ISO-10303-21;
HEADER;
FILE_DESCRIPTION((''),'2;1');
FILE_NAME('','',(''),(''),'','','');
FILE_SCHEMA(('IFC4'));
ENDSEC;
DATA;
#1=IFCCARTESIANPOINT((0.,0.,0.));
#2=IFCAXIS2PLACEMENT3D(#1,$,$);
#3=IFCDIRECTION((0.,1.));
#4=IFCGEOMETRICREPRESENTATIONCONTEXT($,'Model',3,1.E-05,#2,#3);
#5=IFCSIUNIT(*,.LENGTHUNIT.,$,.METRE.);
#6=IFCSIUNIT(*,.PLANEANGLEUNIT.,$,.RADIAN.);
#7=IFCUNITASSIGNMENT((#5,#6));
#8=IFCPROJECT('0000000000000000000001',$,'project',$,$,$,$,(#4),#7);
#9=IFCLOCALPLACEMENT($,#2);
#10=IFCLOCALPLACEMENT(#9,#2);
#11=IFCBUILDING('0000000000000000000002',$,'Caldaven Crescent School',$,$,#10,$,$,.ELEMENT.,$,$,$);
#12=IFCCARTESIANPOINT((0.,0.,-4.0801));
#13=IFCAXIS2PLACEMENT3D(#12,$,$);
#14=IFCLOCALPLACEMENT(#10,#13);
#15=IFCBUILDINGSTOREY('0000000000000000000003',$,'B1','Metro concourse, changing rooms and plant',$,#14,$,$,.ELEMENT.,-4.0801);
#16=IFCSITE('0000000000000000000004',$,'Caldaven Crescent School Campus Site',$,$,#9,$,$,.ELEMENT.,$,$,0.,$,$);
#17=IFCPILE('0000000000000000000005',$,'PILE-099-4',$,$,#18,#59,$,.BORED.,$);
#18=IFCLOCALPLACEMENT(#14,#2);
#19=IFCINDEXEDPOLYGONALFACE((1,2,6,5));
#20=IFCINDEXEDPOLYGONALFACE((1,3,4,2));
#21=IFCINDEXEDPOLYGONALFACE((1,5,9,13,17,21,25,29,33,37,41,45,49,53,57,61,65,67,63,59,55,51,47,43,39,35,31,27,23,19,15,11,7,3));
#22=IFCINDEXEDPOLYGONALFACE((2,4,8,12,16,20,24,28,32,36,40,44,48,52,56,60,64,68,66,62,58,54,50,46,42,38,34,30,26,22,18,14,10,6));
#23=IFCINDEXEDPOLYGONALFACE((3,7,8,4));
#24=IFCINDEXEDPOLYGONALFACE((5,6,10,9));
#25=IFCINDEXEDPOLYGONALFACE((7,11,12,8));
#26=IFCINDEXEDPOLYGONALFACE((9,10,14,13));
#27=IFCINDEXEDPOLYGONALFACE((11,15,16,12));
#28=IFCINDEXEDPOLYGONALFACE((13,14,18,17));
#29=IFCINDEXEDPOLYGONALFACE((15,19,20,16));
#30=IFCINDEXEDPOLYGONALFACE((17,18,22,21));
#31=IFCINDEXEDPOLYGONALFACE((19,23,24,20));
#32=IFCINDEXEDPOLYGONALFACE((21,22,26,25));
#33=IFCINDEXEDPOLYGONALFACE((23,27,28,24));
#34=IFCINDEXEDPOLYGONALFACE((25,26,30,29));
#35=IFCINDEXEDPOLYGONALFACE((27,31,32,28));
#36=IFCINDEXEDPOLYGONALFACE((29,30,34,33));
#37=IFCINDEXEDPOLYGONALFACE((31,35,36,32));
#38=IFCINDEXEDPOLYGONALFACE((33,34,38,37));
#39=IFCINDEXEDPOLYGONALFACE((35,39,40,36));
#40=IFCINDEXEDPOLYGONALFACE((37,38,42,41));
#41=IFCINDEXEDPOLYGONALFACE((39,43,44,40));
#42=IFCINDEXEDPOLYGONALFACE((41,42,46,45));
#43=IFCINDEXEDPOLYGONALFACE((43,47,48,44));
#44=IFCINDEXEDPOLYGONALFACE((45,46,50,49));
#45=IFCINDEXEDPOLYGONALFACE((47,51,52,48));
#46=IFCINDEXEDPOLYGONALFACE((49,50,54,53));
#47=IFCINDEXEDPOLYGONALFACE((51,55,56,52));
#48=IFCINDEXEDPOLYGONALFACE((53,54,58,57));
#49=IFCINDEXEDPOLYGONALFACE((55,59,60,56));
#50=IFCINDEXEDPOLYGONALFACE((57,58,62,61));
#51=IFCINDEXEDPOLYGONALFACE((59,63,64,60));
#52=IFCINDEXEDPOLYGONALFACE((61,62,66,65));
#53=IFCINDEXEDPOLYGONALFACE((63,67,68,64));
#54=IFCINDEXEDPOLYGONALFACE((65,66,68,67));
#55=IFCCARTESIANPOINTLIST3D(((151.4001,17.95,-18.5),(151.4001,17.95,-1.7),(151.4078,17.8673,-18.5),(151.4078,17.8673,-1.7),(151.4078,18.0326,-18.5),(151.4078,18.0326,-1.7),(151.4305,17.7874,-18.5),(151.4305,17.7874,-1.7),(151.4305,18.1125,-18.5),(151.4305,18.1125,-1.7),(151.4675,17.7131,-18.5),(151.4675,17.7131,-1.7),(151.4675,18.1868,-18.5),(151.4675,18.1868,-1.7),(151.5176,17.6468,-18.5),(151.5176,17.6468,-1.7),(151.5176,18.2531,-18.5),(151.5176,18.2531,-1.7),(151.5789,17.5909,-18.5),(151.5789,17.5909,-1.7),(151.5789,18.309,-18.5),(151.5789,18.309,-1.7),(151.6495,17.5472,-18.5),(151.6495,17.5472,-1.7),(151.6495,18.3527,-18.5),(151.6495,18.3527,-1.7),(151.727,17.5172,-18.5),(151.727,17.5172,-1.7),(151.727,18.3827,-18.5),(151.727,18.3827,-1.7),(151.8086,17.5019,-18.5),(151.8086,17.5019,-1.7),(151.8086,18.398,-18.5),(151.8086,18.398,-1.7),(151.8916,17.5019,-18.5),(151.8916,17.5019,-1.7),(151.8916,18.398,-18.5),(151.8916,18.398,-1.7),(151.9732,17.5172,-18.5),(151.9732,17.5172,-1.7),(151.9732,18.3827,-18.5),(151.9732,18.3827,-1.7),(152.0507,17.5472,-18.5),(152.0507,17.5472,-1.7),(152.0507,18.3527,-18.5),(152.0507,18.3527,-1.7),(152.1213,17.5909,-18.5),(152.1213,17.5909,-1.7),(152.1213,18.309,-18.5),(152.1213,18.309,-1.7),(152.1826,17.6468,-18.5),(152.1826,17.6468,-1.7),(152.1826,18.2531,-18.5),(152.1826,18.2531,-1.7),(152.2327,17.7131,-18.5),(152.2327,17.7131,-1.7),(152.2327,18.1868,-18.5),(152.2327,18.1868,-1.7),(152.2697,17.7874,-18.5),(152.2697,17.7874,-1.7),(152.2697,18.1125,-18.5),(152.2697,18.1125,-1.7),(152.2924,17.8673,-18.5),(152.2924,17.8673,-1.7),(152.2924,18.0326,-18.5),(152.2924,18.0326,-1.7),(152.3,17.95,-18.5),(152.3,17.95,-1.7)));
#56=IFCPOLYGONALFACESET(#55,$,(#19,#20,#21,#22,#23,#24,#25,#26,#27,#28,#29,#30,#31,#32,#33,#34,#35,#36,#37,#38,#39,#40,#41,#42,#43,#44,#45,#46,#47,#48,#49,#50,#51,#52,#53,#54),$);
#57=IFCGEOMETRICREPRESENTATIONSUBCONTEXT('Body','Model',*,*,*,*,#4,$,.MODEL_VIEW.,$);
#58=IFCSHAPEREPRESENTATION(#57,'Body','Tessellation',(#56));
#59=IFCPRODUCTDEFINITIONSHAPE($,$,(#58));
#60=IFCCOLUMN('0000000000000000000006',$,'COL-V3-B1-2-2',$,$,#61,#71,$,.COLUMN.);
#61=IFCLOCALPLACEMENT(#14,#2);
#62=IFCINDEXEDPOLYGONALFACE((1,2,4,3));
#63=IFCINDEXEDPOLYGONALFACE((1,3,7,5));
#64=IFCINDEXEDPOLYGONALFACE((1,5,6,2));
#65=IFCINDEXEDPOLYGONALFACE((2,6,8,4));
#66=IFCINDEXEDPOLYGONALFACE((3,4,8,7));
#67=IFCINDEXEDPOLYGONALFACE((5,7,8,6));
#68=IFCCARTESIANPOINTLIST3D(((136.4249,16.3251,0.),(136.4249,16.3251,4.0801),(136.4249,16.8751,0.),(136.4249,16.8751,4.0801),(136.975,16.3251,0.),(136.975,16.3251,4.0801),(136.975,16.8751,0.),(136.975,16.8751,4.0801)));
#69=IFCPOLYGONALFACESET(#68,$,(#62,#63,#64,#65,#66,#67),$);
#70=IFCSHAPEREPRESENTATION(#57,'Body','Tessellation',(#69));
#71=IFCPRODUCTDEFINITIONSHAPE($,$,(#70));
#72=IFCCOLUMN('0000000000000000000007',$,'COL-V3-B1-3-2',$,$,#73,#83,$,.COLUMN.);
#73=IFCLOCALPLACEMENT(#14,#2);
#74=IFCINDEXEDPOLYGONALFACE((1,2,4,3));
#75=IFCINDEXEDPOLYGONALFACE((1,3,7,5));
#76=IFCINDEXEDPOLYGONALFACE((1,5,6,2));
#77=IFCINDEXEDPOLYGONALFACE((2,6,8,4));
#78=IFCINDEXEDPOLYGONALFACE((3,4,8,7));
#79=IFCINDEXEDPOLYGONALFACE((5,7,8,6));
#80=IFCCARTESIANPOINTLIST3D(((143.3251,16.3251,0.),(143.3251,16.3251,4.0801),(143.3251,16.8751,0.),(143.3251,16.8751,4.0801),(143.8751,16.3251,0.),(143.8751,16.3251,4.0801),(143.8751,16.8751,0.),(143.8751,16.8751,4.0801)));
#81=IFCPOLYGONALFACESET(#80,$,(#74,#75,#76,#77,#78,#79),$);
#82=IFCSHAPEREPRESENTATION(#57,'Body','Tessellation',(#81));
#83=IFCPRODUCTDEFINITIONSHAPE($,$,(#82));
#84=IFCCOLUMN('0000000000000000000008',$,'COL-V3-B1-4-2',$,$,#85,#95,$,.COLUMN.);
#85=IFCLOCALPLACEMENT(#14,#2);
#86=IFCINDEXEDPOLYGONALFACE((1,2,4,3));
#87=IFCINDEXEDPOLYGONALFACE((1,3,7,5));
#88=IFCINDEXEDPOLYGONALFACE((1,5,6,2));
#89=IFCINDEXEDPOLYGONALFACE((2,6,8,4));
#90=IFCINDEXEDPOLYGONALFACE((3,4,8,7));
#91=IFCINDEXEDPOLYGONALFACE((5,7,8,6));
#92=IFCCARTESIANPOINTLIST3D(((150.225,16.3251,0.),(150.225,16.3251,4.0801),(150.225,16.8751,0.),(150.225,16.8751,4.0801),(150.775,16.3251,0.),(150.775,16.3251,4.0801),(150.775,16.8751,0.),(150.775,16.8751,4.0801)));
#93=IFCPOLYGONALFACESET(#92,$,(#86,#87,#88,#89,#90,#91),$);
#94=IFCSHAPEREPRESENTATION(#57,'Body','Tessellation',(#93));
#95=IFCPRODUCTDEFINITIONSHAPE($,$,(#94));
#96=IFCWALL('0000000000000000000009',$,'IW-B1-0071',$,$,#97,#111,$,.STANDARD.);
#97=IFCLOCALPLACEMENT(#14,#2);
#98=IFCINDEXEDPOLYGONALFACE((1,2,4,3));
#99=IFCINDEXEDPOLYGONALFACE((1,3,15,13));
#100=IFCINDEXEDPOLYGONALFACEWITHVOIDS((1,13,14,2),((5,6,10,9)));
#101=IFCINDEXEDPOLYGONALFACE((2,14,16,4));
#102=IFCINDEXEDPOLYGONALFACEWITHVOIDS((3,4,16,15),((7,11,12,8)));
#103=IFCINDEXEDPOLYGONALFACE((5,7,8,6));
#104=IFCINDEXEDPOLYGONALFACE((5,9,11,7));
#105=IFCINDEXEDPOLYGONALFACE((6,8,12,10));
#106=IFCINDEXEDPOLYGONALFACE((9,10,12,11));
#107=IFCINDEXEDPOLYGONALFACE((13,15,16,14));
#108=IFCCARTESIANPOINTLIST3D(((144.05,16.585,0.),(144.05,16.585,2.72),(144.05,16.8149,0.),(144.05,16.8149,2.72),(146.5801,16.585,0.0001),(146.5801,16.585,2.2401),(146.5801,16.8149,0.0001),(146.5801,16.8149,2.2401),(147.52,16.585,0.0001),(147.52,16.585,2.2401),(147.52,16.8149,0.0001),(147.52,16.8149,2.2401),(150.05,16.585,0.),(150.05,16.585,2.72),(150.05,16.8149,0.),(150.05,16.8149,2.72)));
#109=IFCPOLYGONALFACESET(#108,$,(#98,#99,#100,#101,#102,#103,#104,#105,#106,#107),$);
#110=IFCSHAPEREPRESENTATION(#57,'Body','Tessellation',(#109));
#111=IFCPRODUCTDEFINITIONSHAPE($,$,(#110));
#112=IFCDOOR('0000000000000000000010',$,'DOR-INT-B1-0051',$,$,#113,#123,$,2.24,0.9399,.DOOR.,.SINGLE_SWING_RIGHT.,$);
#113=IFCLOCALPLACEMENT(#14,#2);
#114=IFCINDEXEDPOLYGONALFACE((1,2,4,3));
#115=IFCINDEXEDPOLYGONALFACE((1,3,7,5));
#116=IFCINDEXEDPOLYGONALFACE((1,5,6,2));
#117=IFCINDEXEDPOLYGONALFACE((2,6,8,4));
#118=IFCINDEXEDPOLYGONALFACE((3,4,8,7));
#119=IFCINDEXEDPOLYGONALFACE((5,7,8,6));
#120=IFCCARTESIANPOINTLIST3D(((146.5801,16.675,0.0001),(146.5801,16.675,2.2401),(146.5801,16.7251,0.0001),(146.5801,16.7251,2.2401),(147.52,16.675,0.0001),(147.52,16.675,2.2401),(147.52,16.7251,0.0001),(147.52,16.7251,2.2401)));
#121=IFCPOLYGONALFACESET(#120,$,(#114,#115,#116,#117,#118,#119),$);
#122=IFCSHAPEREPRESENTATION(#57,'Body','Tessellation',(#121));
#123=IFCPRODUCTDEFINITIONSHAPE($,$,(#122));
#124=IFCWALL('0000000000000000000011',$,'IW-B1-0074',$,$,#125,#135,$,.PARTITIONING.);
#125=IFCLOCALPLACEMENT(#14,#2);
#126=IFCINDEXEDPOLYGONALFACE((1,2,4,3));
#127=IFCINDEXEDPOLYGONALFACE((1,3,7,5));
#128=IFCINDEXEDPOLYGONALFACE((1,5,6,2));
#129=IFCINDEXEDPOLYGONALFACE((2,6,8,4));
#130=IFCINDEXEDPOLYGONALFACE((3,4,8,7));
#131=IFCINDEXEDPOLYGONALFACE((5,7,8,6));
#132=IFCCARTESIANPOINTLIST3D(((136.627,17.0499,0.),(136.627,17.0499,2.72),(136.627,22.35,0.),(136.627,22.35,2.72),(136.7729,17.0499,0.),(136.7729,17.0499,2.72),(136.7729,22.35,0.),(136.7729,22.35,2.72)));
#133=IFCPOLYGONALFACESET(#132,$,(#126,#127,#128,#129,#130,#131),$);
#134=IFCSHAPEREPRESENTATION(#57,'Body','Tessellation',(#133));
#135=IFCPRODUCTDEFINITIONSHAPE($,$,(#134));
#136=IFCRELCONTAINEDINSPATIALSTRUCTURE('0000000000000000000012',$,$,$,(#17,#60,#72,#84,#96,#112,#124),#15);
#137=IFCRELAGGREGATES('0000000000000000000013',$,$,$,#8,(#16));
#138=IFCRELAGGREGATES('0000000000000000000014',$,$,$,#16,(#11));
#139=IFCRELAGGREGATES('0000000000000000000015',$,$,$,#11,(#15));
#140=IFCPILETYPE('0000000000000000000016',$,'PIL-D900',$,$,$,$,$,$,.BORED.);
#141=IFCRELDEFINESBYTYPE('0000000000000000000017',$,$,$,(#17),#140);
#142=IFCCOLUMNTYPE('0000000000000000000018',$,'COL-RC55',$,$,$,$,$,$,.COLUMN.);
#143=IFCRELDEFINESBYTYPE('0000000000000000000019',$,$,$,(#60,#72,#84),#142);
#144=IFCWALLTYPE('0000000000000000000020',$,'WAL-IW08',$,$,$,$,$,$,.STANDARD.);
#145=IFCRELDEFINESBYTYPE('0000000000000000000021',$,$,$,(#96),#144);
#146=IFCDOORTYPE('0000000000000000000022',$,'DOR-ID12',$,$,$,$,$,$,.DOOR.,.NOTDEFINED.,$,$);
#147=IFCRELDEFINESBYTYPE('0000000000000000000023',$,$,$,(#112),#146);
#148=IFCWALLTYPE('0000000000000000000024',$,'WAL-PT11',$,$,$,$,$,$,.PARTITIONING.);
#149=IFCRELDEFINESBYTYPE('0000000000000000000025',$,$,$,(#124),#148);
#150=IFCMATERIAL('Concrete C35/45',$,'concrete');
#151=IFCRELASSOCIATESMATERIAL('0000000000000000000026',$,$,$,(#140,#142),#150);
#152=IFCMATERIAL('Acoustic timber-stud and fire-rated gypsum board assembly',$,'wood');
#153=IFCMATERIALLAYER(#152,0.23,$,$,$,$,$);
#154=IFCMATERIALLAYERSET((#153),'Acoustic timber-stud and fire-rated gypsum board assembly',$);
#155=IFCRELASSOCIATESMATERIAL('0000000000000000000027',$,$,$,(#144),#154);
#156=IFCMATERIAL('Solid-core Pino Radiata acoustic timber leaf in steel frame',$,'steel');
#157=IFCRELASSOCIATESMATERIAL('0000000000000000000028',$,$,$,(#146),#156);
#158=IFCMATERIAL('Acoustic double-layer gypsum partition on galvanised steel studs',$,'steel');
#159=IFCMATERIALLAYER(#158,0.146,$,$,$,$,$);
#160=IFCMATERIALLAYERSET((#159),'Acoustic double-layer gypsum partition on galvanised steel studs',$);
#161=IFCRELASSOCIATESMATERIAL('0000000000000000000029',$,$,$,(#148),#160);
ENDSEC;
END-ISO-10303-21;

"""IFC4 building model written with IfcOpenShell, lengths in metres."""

from ifc_helpers import new_model, si_unit, direction, frame, frame_2d, origin, origin_2d, place, context, subcontext, project, spatial, rectangle, circle, extrude, material, layer, layer_set, material_profile, profile_set, type_object, element, fill, save


model = new_model("IFC4")

# Units and contexts
model_context = context("Model", 3, precision=1e-05, world=origin(), true_north=direction((0.0, 1.0)))
body_context = subcontext(model_context, "Body", "Model", "MODEL_VIEW")
ifc_project = project(units=[si_unit("LENGTHUNIT", "METRE"), si_unit("PLANEANGLEUNIT", "RADIAN")], contexts=[model_context])

# Site, building, storey
site_placement = place(None, origin())
site = spatial("IfcSite", under=ifc_project, at=site_placement, Name="Caldaven Crescent School Campus Site", CompositionType="ELEMENT", RefElevation=0.0)
building_placement = place(site_placement, origin())
building = spatial("IfcBuilding", under=site, at=building_placement, Name="Caldaven Crescent School", CompositionType="ELEMENT")
storey_placement = place(building_placement, frame((0.0, 0.0, -4.0801)))
storey = spatial("IfcBuildingStorey", under=building, at=storey_placement, Name="B1", Description="Metro concourse, changing rooms and plant", CompositionType="ELEMENT", Elevation=-4.0801)

# Shared definitions
ifc_material_1 = material(Name="Concrete C35/45", Category="concrete")

# Pile
ifc_material_profile_1 = material_profile(ifc_material_1, circle(Radius=0.45, at=origin_2d()), Name="PILE D900")
ifc_profile_set_1 = profile_set([ifc_material_profile_1], Name="Concrete C35/45")
pile_type = type_object("IfcPileType", Name="PIL-D900", PredefinedType="BORED", material=ifc_profile_set_1)
for number, where, z_axis, x_axis, name in (
    (1, (151.8501, 17.95, -1.7), (0.0, 0.0, -1.0), (1.0, 0.0, 0.0), "PILE-099-4"),
):
    element("IfcPile", number, at=place(storey_placement, frame(where, z_axis=z_axis, x_axis=x_axis)), inside=storey, type_object=pile_type, Name=name, PredefinedType="BORED", context=body_context, shape_type="SweptSolid", body=[
        extrude(circle(Radius=0.45, at=origin_2d()), origin(), (0.0, 0.0, 1.0), 16.8),
    ])

# Columns
ifc_material_profile_2 = material_profile(ifc_material_1, rectangle(XDim=0.55, YDim=0.55, at=origin_2d()), Name="RC 550x550")
ifc_profile_set_2 = profile_set([ifc_material_profile_2], Name="Concrete C35/45")
column_type = type_object("IfcColumnType", Name="COL-RC55", PredefinedType="COLUMN", material=ifc_profile_set_2)
for number, where, z_axis, x_axis, name in (
    (2, (136.7, 16.6001, 0.0), (0.0, 0.0, 1.0), (1.0, 0.0, 0.0), "COL-V3-B1-2-2"),
    (3, (143.6001, 16.6001, 0.0), (0.0, 0.0, 1.0), (1.0, 0.0, 0.0), "COL-V3-B1-3-2"),
    (4, (150.5, 16.6001, 0.0), (0.0, 0.0, 1.0), (1.0, 0.0, 0.0), "COL-V3-B1-4-2"),
):
    element("IfcColumn", number, at=place(storey_placement, frame(where, z_axis=z_axis, x_axis=x_axis)), inside=storey, type_object=column_type, Name=name, PredefinedType="COLUMN", context=body_context, shape_type="SweptSolid", body=[
        extrude(rectangle(XDim=0.55, YDim=0.55, at=origin_2d()), origin(), (0.0, 0.0, 1.0), 4.0801),
    ])

# Wall, opening, door
ifc_material_2 = material(Name="Acoustic timber-stud and fire-rated gypsum board assembly", Category="wood")
ifc_material_3 = material(Name="Solid-core Pino Radiata acoustic timber leaf in steel frame", Category="steel")
ifc_layer_1 = layer(ifc_material_2, 0.23)
ifc_layer_set_1 = layer_set([ifc_layer_1], Name="Acoustic timber-stud and fire-rated gypsum board assembly")
wall_type_1 = type_object("IfcWallType", Name="WAL-IW08", PredefinedType="STANDARD", material=ifc_layer_set_1)
wall_1_placement = place(storey_placement, frame((144.05, 16.7, 0.0), z_axis=(0.0, 0.0, 1.0), x_axis=(1.0, 0.0, 0.0)))
wall_1 = element("IfcWall", 5, at=wall_1_placement, inside=storey, type_object=wall_type_1, Name="IW-B1-0071", PredefinedType="STANDARD", context=body_context, shape_type="SweptSolid", body=[
    extrude(rectangle(XDim=6.0, YDim=0.23, at=frame_2d((3.0, 0.0))), origin(), (0.0, 0.0, 1.0), 2.72),
])
opening_1_placement = place(wall_1_placement, frame((2.53, 0.0, 0.0)))
opening_1 = element("IfcOpeningElement", 6, at=opening_1_placement, cuts=wall_1, PredefinedType="OPENING", context=body_context, shape_type="SweptSolid", body=[
    extrude(rectangle(XDim=0.9399, YDim=2.24, at=frame_2d((0.47, 1.1201))), frame((0.0, 0.125, 0.0), z_axis=(0.0, -1.0, 0.0), x_axis=(1.0, 0.0, 0.0)), (0.0, 0.0, 1.0), 0.25),
])
door_type_1 = type_object("IfcDoorType", Name="DOR-ID12", OperationType="NOTDEFINED", PredefinedType="DOOR", material=ifc_material_3)
door_1_placement = place(opening_1_placement, frame((0.9399, 0.0, 0.0), z_axis=(0.0, 0.0, 1.0), x_axis=(-1.0, 0.0, 0.0)))
door_1 = element("IfcDoor", 7, at=door_1_placement, inside=storey, type_object=door_type_1, Name="DOR-INT-B1-0051", OperationType="SINGLE_SWING_RIGHT", OverallHeight=2.24, OverallWidth=0.9399, PredefinedType="DOOR", context=body_context, shape_type="SweptSolid", body=[
    extrude(rectangle(XDim=0.9399, YDim=2.24, at=frame_2d((0.47, 1.1201))), frame((0.0, 0.0249, 0.0), z_axis=(0.0, -1.0, 0.0), x_axis=(1.0, 0.0, 0.0)), (0.0, 0.0, 1.0), 0.05),
])
fill(opening_1, door_1)

# Wall
ifc_material_4 = material(Name="Acoustic double-layer gypsum partition on galvanised steel studs", Category="steel")
ifc_layer_2 = layer(ifc_material_4, 0.146)
ifc_layer_set_2 = layer_set([ifc_layer_2], Name="Acoustic double-layer gypsum partition on galvanised steel studs")
wall_type_2 = type_object("IfcWallType", Name="WAL-PT11", PredefinedType="PARTITIONING", material=ifc_layer_set_2)
wall_2_placement = place(storey_placement, frame((136.7, 17.05, 0.0), z_axis=(0.0, 0.0, 1.0), x_axis=(0.0, 1.0, 0.0)))
element("IfcWall", 8, at=wall_2_placement, inside=storey, type_object=wall_type_2, Name="IW-B1-0074", PredefinedType="PARTITIONING", context=body_context, shape_type="SweptSolid", body=[
    extrude(rectangle(XDim=5.3, YDim=0.146, at=frame_2d((2.6499, 0.0))), origin(), (0.0, 0.0, 1.0), 2.72),
])

save(model, "model.ifc")
